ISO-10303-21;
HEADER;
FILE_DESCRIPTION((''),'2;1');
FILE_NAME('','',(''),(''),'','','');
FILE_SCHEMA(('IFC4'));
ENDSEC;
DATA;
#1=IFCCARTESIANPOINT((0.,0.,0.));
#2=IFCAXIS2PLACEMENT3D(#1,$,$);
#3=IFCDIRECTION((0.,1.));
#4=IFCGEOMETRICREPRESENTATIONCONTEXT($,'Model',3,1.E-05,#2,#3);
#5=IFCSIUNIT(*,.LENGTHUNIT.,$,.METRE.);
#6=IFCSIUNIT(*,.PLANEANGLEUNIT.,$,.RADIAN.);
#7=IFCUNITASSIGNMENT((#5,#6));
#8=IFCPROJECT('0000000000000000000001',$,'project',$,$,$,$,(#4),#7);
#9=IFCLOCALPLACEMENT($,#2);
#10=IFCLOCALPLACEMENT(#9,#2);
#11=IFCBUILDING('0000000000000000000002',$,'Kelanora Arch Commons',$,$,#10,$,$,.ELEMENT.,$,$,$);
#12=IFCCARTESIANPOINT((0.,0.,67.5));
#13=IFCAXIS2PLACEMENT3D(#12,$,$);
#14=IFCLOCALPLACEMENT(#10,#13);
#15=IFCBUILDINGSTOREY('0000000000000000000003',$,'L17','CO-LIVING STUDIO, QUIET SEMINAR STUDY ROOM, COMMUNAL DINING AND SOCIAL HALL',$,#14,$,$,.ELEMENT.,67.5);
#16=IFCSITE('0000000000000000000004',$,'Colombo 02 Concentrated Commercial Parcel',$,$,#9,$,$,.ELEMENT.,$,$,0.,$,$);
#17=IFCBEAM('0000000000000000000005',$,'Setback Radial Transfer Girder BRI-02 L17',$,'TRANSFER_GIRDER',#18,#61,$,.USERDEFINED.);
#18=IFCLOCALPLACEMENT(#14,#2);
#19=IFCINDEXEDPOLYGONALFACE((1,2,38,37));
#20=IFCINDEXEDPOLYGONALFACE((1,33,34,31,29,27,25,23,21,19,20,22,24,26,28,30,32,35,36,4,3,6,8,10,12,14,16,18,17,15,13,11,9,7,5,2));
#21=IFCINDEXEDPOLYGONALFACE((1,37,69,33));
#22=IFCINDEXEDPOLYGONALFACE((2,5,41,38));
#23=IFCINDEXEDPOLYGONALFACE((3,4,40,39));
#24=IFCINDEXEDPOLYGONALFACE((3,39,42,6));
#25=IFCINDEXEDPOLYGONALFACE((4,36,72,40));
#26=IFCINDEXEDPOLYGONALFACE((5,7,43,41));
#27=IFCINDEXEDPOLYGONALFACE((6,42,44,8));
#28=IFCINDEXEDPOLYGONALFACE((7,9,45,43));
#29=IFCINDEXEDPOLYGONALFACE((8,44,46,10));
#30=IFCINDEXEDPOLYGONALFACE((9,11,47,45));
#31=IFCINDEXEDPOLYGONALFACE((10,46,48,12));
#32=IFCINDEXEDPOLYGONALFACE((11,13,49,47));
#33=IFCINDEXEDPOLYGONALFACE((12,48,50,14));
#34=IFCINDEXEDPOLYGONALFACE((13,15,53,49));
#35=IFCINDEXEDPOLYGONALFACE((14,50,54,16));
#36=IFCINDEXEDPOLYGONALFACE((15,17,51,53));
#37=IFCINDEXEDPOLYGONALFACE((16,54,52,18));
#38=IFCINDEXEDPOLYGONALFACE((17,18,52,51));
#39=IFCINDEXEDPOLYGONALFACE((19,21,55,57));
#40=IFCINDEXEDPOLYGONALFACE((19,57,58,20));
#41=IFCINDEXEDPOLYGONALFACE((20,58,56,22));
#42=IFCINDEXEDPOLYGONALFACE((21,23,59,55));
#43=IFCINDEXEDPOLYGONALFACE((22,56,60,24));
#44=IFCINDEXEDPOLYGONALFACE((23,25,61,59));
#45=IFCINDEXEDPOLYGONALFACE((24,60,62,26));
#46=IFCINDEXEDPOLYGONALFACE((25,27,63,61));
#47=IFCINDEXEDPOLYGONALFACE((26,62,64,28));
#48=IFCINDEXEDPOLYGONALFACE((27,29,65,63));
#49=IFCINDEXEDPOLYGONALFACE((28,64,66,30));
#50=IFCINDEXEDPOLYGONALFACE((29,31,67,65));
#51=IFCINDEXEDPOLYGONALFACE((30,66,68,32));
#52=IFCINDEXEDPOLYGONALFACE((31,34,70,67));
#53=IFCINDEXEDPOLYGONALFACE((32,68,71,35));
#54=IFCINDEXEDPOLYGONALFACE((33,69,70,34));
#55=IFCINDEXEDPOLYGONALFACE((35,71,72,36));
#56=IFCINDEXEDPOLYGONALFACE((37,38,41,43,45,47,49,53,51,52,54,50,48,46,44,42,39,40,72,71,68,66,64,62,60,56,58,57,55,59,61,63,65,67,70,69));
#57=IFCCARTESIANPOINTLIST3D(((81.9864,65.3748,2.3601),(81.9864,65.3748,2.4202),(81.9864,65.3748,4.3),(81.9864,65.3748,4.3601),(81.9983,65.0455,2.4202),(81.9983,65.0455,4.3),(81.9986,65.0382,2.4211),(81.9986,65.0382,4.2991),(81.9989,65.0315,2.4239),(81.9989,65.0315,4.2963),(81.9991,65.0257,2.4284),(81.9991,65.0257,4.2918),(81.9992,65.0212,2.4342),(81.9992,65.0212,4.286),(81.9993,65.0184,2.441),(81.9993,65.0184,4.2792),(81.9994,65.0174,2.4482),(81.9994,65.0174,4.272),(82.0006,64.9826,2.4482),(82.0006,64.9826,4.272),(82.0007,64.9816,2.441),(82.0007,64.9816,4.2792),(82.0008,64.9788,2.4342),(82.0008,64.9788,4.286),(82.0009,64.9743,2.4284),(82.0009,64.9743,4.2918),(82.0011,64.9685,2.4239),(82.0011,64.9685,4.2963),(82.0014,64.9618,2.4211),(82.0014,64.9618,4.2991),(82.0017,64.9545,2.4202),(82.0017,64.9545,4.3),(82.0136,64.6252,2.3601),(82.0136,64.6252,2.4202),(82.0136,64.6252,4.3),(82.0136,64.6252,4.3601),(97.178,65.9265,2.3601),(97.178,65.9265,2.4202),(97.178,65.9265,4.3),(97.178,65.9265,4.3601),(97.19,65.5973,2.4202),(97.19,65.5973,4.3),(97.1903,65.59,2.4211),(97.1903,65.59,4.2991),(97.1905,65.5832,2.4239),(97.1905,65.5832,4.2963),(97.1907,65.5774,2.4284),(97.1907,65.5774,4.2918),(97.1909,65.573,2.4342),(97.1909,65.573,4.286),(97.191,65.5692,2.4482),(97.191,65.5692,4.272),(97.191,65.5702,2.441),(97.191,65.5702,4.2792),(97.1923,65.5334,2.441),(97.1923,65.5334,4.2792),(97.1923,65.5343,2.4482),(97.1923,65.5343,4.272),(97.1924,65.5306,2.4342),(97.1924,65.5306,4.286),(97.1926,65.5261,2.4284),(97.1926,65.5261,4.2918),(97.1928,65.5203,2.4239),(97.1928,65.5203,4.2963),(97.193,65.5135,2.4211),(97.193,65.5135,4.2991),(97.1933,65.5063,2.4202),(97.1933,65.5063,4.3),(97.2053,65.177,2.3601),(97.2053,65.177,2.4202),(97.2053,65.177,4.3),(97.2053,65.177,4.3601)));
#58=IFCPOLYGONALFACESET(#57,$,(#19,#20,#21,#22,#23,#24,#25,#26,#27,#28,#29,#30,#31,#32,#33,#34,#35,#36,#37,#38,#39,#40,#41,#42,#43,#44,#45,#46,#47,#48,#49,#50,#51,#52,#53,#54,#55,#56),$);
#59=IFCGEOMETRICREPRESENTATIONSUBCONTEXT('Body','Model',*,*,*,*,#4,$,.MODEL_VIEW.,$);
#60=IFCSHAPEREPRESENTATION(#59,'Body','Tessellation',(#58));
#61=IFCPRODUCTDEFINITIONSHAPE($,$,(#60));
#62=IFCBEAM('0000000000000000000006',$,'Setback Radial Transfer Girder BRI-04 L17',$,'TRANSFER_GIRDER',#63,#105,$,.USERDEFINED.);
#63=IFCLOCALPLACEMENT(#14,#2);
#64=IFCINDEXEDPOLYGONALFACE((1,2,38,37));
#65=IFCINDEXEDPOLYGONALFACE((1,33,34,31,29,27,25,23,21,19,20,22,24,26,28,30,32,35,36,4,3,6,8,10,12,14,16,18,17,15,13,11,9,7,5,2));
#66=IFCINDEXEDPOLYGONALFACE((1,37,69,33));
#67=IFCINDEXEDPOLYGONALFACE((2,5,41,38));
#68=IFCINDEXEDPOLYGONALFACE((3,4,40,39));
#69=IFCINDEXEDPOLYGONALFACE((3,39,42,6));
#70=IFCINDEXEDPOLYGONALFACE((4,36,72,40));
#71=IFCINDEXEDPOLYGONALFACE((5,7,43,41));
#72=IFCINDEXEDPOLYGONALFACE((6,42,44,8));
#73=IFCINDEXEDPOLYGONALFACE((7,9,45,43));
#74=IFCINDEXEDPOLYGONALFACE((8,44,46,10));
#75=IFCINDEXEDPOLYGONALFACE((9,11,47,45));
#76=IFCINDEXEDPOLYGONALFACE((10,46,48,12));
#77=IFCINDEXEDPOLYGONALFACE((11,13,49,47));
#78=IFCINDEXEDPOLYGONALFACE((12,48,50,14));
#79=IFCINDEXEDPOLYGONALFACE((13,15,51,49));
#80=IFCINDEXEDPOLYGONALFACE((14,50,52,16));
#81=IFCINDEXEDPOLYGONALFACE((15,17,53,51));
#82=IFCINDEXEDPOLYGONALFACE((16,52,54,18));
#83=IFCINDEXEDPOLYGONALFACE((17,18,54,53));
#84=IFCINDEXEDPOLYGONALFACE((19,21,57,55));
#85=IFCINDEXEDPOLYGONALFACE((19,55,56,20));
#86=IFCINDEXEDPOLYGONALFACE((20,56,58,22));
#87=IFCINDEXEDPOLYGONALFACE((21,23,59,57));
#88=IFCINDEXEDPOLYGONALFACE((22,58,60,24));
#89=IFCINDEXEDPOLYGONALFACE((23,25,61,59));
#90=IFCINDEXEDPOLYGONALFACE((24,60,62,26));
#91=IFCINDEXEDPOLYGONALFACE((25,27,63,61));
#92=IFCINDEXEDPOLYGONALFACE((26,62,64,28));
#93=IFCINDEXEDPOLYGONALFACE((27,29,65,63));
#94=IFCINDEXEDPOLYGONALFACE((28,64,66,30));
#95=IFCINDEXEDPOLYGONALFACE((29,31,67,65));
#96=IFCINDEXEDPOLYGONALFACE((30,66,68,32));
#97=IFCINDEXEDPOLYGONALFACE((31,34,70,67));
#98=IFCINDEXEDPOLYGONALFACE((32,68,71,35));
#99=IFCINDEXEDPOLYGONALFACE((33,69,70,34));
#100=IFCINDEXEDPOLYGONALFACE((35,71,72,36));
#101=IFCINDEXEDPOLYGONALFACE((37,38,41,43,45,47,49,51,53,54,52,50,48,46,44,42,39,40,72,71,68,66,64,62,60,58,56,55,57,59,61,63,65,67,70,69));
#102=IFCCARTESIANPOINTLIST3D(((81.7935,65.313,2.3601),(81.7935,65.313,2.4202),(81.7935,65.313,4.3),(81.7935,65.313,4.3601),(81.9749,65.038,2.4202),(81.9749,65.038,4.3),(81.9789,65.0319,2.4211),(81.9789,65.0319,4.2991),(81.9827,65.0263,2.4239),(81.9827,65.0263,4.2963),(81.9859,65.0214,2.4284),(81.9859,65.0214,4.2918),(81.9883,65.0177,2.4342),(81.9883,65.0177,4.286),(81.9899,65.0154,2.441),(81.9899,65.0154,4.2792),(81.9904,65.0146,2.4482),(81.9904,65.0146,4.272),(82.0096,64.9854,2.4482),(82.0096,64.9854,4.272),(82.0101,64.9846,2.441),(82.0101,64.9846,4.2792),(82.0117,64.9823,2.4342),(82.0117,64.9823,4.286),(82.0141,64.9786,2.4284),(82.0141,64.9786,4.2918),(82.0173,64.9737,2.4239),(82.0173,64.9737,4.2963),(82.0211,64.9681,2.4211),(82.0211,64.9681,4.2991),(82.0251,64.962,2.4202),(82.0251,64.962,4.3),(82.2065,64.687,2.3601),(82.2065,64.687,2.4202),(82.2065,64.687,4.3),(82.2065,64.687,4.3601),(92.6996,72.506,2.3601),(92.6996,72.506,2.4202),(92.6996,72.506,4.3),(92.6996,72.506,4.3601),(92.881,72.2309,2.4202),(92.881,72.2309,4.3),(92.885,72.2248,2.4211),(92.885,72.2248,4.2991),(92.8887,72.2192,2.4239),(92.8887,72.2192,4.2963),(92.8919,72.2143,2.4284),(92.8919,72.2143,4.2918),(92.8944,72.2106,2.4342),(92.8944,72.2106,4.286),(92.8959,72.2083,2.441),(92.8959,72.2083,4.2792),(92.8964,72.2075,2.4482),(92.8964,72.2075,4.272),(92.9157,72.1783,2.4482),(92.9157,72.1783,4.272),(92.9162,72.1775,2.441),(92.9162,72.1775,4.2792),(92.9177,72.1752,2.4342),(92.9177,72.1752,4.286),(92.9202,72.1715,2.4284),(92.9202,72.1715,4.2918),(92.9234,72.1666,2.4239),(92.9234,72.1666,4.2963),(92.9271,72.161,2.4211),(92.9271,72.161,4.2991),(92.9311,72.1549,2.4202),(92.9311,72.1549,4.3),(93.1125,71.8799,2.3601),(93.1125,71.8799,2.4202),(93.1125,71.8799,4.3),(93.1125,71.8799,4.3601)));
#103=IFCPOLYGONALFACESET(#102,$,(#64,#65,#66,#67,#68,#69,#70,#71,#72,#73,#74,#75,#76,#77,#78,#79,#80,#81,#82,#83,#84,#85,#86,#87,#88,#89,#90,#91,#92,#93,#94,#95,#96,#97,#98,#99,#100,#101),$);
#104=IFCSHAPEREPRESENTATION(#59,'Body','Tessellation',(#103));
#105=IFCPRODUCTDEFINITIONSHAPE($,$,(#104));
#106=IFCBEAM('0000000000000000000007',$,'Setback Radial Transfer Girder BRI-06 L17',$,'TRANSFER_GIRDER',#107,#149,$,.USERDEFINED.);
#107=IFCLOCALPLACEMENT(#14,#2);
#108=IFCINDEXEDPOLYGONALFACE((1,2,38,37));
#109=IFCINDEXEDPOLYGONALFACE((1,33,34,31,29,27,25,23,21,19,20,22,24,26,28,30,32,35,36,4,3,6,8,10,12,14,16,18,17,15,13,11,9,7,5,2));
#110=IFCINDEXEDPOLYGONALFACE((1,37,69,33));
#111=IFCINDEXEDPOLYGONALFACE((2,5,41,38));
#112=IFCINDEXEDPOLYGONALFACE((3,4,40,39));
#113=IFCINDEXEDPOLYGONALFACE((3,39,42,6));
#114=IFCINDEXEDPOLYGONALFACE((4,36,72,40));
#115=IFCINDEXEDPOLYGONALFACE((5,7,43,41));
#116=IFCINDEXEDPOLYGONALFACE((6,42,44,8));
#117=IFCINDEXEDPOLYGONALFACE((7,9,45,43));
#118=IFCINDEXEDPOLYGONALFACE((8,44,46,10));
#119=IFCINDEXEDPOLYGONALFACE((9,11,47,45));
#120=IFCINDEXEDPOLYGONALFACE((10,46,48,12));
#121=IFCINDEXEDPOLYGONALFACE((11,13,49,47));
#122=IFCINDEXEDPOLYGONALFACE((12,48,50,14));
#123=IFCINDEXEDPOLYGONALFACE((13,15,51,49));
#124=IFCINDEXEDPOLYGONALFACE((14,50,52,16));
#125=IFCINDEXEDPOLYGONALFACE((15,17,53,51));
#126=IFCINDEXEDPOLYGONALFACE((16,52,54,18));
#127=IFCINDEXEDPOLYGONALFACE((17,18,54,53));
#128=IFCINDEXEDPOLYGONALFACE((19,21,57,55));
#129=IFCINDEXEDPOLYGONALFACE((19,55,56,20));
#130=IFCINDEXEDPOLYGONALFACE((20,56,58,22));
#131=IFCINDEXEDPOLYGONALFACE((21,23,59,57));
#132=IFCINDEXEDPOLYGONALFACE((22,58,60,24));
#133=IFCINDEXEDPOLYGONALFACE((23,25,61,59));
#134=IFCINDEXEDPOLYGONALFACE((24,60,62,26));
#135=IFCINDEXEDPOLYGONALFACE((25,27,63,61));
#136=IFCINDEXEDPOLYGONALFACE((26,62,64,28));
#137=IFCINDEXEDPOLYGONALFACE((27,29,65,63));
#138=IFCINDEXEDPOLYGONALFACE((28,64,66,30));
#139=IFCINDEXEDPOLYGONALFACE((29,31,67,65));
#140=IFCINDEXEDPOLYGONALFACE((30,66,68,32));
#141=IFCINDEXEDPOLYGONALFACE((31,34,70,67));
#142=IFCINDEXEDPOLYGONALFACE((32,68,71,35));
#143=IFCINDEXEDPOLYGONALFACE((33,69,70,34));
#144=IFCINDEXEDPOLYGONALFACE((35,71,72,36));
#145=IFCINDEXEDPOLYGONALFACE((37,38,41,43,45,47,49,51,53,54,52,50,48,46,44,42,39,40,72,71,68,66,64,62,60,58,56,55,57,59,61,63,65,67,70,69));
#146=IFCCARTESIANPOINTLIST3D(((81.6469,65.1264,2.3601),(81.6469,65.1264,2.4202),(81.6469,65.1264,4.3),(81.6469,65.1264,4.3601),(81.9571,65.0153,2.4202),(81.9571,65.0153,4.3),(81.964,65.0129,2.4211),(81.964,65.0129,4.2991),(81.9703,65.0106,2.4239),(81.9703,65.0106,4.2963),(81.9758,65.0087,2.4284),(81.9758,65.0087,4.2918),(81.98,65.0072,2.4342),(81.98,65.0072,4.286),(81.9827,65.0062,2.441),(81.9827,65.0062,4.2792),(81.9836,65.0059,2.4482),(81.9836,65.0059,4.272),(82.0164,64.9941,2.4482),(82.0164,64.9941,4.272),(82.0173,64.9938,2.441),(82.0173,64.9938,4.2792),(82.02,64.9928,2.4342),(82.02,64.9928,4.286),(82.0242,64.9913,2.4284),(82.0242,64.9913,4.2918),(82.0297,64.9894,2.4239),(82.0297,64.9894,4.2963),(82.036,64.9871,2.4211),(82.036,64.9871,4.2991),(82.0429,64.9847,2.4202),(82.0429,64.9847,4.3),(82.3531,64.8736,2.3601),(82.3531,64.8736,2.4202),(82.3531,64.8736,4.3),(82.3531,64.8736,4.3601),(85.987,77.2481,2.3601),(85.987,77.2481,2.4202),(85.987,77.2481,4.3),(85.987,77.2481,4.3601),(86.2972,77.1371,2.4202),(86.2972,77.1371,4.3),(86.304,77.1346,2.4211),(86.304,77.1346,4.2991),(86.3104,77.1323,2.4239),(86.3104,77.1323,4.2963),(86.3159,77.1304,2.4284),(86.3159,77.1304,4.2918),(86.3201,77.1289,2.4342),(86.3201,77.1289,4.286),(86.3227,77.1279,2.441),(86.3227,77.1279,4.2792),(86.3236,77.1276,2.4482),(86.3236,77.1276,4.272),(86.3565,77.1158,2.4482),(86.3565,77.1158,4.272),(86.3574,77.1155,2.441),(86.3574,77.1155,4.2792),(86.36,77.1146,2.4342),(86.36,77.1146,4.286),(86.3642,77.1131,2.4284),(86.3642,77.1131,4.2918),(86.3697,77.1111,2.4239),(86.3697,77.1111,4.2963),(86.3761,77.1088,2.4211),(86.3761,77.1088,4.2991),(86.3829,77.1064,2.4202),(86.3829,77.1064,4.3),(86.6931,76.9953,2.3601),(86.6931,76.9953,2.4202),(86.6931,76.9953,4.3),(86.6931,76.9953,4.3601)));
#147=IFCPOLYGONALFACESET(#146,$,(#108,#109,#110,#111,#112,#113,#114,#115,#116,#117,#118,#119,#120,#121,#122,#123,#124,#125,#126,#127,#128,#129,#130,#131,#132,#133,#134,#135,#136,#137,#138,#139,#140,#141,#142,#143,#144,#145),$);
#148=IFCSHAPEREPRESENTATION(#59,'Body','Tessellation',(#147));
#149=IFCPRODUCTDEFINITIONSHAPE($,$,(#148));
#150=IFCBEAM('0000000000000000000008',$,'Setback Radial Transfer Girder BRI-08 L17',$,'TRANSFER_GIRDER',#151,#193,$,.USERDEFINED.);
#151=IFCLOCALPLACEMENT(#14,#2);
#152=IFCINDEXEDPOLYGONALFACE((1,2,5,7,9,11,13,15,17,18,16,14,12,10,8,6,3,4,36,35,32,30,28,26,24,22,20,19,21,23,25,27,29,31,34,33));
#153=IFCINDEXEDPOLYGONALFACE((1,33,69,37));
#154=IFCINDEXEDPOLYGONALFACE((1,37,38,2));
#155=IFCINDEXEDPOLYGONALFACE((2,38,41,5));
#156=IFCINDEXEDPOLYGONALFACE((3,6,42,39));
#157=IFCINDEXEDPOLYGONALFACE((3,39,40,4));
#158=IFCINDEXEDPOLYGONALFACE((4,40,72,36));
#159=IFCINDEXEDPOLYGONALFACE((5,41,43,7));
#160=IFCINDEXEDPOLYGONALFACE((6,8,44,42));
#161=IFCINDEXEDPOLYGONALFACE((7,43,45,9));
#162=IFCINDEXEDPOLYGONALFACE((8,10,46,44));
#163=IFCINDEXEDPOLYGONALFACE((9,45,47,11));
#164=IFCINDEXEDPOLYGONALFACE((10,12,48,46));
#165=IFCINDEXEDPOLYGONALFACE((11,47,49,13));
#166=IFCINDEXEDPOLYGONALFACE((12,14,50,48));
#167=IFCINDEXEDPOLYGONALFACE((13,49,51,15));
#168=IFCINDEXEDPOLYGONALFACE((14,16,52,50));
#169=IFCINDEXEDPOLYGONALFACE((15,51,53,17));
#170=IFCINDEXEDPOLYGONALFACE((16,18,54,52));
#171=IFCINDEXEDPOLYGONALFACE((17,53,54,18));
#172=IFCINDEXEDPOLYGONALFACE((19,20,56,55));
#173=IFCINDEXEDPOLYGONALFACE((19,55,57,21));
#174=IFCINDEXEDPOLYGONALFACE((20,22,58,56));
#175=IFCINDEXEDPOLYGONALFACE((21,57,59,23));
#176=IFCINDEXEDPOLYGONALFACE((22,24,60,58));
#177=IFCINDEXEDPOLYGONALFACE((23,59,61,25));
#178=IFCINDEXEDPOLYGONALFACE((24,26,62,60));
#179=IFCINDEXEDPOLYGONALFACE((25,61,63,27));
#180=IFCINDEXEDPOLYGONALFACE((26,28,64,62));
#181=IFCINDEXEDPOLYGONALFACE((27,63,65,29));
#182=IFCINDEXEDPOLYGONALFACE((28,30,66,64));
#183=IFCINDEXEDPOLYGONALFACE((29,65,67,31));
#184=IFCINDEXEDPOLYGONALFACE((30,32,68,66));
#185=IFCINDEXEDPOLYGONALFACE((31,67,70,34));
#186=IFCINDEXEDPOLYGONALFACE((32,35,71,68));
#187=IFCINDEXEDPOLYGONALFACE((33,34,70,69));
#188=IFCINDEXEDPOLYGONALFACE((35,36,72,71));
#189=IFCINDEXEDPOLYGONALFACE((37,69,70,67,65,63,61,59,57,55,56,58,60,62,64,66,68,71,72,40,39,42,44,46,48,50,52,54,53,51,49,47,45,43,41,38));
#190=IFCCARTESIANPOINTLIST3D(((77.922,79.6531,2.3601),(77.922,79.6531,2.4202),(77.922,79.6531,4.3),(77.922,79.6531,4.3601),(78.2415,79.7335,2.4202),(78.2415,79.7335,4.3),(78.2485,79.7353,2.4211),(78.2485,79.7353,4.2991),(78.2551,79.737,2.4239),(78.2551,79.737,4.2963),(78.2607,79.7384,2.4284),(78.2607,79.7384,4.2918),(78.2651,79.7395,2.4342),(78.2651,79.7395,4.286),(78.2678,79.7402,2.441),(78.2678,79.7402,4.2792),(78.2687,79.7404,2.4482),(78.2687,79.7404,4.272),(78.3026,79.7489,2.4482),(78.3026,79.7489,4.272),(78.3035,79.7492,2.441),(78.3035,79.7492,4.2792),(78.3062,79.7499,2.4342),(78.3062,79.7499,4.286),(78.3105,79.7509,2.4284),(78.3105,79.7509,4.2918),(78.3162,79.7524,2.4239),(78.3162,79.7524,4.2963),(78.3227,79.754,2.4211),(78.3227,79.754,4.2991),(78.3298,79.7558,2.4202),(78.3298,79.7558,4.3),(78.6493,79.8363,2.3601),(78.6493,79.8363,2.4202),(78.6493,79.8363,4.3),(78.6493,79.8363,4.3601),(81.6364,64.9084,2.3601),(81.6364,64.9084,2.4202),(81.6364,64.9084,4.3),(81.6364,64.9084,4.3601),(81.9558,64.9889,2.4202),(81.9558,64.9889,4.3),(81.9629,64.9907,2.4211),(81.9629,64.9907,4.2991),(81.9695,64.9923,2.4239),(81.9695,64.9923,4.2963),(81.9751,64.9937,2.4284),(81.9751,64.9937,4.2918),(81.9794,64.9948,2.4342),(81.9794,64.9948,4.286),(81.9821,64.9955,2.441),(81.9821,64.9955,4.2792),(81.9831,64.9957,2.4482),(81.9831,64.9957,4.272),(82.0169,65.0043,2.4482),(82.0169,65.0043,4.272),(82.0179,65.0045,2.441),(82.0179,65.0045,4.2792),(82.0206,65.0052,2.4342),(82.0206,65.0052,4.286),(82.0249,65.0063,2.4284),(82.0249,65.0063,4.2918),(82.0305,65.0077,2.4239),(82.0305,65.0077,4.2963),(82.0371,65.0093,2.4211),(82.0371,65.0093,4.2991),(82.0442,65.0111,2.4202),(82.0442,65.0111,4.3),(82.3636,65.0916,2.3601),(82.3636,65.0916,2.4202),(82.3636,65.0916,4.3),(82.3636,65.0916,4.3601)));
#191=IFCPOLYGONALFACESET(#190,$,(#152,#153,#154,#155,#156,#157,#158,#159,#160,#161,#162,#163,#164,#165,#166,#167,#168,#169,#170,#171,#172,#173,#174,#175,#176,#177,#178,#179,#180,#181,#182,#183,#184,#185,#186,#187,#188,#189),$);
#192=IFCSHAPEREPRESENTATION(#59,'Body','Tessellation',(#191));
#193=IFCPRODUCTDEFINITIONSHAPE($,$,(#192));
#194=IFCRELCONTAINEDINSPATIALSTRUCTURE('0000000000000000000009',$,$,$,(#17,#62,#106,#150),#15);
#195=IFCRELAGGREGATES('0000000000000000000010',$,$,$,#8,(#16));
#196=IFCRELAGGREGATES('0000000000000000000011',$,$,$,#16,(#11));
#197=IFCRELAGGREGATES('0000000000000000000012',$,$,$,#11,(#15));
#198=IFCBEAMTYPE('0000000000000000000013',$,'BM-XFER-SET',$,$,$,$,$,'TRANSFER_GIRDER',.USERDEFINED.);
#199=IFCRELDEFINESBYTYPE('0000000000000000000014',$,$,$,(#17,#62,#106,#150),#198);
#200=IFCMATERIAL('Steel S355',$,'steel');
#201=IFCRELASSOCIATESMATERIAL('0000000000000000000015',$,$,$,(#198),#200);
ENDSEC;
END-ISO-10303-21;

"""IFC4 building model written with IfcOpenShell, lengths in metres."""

from ifc_helpers import new_model, si_unit, direction, frame, origin, origin_2d, place, context, subcontext, project, spatial, i_section, extrude, material, material_profile, profile_set, type_object, element, save


model = new_model("IFC4")

# Units and contexts
model_context = context("Model", 3, precision=1e-05, world=origin(), true_north=direction((0.0, 1.0)))
body_context = subcontext(model_context, "Body", "Model", "MODEL_VIEW")
ifc_project = project(units=[si_unit("LENGTHUNIT", "METRE"), si_unit("PLANEANGLEUNIT", "RADIAN")], contexts=[model_context])

# Site, building, storey
site_placement = place(None, origin())
site = spatial("IfcSite", under=ifc_project, at=site_placement, Name="Colombo 02 Concentrated Commercial Parcel", CompositionType="ELEMENT", RefElevation=0.0)
building_placement = place(site_placement, origin())
building = spatial("IfcBuilding", under=site, at=building_placement, Name="Kelanora Arch Commons", CompositionType="ELEMENT")
storey_placement = place(building_placement, frame((0.0, 0.0, 67.5)))
storey = spatial("IfcBuildingStorey", under=building, at=storey_placement, Name="L17", Description="CO-LIVING STUDIO, QUIET SEMINAR STUDY ROOM, COMMUNAL DINING AND SOCIAL HALL", CompositionType="ELEMENT", Elevation=67.5)

# Beams
ifc_material_1 = material(Name="Steel S355", Category="steel")
ifc_material_profile_1 = material_profile(ifc_material_1, i_section(OverallWidth=0.75, OverallDepth=2.0, WebThickness=0.0349, FlangeThickness=0.0601, FilletRadius=0.0281, at=origin_2d()), Name="PG2000x750")
ifc_profile_set_1 = profile_set([ifc_material_profile_1], Name="Steel S355")
beam_type_1 = type_object("IfcBeamType", Name="BM-XFER-SET", ElementType="TRANSFER_GIRDER", PredefinedType="USERDEFINED", material=ifc_profile_set_1)
beam_1_placement = place(storey_placement, frame((82.0, 65.0, 3.3601), z_axis=(0.999341, 0.036296, 0.0), x_axis=(-0.036296, 0.999341, 0.0)))
element("IfcBeam", 1, at=beam_1_placement, inside=storey, type_object=beam_type_1, Name="Setback Radial Transfer Girder BRI-02 L17", ObjectType="TRANSFER_GIRDER", PredefinedType="USERDEFINED", context=body_context, shape_type="SweptSolid", body=[
    extrude(i_section(OverallWidth=0.75, OverallDepth=2.0, WebThickness=0.0349, FlangeThickness=0.0601, FilletRadius=0.0281, at=origin_2d()), origin(), (0.0, 0.0, 1.0), 15.2017),
])
beam_2_placement = place(storey_placement, frame((82.0, 65.0, 3.3601), z_axis=(0.834789, 0.550571, 0.0), x_axis=(-0.550571, 0.834789, 0.0)))
element("IfcBeam", 2, at=beam_2_placement, inside=storey, type_object=beam_type_1, Name="Setback Radial Transfer Girder BRI-04 L17", ObjectType="TRANSFER_GIRDER", PredefinedType="USERDEFINED", context=body_context, shape_type="SweptSolid", body=[
    extrude(i_section(OverallWidth=0.75, OverallDepth=2.0, WebThickness=0.0349, FlangeThickness=0.0601, FilletRadius=0.0281, at=origin_2d()), origin(), (0.0, 0.0, 1.0), 13.0645),
])
beam_3_placement = place(storey_placement, frame((82.0, 65.0, 3.3601), z_axis=(0.337085, 0.941474, 0.0), x_axis=(-0.941474, 0.337085, 0.0)))
element("IfcBeam", 3, at=beam_3_placement, inside=storey, type_object=beam_type_1, Name="Setback Radial Transfer Girder BRI-06 L17", ObjectType="TRANSFER_GIRDER", PredefinedType="USERDEFINED", context=body_context, shape_type="SweptSolid", body=[
    extrude(i_section(OverallWidth=0.75, OverallDepth=2.0, WebThickness=0.0349, FlangeThickness=0.0601, FilletRadius=0.0281, at=origin_2d()), origin(), (0.0, 0.0, 1.0), 12.8752),
])
beam_4_placement = place(storey_placement, frame((82.0, 65.0, 3.3601), z_axis=(-0.244281, 0.969705, 0.0), x_axis=(-0.969705, -0.244281, 0.0)))
element("IfcBeam", 4, at=beam_4_placement, inside=storey, type_object=beam_type_1, Name="Setback Radial Transfer Girder BRI-08 L17", ObjectType="TRANSFER_GIRDER", PredefinedType="USERDEFINED", context=body_context, shape_type="SweptSolid", body=[
    extrude(i_section(OverallWidth=0.75, OverallDepth=2.0, WebThickness=0.0349, FlangeThickness=0.0601, FilletRadius=0.0281, at=origin_2d()), origin(), (0.0, 0.0, 1.0), 15.2053),
])

save(model, "model.ifc")
